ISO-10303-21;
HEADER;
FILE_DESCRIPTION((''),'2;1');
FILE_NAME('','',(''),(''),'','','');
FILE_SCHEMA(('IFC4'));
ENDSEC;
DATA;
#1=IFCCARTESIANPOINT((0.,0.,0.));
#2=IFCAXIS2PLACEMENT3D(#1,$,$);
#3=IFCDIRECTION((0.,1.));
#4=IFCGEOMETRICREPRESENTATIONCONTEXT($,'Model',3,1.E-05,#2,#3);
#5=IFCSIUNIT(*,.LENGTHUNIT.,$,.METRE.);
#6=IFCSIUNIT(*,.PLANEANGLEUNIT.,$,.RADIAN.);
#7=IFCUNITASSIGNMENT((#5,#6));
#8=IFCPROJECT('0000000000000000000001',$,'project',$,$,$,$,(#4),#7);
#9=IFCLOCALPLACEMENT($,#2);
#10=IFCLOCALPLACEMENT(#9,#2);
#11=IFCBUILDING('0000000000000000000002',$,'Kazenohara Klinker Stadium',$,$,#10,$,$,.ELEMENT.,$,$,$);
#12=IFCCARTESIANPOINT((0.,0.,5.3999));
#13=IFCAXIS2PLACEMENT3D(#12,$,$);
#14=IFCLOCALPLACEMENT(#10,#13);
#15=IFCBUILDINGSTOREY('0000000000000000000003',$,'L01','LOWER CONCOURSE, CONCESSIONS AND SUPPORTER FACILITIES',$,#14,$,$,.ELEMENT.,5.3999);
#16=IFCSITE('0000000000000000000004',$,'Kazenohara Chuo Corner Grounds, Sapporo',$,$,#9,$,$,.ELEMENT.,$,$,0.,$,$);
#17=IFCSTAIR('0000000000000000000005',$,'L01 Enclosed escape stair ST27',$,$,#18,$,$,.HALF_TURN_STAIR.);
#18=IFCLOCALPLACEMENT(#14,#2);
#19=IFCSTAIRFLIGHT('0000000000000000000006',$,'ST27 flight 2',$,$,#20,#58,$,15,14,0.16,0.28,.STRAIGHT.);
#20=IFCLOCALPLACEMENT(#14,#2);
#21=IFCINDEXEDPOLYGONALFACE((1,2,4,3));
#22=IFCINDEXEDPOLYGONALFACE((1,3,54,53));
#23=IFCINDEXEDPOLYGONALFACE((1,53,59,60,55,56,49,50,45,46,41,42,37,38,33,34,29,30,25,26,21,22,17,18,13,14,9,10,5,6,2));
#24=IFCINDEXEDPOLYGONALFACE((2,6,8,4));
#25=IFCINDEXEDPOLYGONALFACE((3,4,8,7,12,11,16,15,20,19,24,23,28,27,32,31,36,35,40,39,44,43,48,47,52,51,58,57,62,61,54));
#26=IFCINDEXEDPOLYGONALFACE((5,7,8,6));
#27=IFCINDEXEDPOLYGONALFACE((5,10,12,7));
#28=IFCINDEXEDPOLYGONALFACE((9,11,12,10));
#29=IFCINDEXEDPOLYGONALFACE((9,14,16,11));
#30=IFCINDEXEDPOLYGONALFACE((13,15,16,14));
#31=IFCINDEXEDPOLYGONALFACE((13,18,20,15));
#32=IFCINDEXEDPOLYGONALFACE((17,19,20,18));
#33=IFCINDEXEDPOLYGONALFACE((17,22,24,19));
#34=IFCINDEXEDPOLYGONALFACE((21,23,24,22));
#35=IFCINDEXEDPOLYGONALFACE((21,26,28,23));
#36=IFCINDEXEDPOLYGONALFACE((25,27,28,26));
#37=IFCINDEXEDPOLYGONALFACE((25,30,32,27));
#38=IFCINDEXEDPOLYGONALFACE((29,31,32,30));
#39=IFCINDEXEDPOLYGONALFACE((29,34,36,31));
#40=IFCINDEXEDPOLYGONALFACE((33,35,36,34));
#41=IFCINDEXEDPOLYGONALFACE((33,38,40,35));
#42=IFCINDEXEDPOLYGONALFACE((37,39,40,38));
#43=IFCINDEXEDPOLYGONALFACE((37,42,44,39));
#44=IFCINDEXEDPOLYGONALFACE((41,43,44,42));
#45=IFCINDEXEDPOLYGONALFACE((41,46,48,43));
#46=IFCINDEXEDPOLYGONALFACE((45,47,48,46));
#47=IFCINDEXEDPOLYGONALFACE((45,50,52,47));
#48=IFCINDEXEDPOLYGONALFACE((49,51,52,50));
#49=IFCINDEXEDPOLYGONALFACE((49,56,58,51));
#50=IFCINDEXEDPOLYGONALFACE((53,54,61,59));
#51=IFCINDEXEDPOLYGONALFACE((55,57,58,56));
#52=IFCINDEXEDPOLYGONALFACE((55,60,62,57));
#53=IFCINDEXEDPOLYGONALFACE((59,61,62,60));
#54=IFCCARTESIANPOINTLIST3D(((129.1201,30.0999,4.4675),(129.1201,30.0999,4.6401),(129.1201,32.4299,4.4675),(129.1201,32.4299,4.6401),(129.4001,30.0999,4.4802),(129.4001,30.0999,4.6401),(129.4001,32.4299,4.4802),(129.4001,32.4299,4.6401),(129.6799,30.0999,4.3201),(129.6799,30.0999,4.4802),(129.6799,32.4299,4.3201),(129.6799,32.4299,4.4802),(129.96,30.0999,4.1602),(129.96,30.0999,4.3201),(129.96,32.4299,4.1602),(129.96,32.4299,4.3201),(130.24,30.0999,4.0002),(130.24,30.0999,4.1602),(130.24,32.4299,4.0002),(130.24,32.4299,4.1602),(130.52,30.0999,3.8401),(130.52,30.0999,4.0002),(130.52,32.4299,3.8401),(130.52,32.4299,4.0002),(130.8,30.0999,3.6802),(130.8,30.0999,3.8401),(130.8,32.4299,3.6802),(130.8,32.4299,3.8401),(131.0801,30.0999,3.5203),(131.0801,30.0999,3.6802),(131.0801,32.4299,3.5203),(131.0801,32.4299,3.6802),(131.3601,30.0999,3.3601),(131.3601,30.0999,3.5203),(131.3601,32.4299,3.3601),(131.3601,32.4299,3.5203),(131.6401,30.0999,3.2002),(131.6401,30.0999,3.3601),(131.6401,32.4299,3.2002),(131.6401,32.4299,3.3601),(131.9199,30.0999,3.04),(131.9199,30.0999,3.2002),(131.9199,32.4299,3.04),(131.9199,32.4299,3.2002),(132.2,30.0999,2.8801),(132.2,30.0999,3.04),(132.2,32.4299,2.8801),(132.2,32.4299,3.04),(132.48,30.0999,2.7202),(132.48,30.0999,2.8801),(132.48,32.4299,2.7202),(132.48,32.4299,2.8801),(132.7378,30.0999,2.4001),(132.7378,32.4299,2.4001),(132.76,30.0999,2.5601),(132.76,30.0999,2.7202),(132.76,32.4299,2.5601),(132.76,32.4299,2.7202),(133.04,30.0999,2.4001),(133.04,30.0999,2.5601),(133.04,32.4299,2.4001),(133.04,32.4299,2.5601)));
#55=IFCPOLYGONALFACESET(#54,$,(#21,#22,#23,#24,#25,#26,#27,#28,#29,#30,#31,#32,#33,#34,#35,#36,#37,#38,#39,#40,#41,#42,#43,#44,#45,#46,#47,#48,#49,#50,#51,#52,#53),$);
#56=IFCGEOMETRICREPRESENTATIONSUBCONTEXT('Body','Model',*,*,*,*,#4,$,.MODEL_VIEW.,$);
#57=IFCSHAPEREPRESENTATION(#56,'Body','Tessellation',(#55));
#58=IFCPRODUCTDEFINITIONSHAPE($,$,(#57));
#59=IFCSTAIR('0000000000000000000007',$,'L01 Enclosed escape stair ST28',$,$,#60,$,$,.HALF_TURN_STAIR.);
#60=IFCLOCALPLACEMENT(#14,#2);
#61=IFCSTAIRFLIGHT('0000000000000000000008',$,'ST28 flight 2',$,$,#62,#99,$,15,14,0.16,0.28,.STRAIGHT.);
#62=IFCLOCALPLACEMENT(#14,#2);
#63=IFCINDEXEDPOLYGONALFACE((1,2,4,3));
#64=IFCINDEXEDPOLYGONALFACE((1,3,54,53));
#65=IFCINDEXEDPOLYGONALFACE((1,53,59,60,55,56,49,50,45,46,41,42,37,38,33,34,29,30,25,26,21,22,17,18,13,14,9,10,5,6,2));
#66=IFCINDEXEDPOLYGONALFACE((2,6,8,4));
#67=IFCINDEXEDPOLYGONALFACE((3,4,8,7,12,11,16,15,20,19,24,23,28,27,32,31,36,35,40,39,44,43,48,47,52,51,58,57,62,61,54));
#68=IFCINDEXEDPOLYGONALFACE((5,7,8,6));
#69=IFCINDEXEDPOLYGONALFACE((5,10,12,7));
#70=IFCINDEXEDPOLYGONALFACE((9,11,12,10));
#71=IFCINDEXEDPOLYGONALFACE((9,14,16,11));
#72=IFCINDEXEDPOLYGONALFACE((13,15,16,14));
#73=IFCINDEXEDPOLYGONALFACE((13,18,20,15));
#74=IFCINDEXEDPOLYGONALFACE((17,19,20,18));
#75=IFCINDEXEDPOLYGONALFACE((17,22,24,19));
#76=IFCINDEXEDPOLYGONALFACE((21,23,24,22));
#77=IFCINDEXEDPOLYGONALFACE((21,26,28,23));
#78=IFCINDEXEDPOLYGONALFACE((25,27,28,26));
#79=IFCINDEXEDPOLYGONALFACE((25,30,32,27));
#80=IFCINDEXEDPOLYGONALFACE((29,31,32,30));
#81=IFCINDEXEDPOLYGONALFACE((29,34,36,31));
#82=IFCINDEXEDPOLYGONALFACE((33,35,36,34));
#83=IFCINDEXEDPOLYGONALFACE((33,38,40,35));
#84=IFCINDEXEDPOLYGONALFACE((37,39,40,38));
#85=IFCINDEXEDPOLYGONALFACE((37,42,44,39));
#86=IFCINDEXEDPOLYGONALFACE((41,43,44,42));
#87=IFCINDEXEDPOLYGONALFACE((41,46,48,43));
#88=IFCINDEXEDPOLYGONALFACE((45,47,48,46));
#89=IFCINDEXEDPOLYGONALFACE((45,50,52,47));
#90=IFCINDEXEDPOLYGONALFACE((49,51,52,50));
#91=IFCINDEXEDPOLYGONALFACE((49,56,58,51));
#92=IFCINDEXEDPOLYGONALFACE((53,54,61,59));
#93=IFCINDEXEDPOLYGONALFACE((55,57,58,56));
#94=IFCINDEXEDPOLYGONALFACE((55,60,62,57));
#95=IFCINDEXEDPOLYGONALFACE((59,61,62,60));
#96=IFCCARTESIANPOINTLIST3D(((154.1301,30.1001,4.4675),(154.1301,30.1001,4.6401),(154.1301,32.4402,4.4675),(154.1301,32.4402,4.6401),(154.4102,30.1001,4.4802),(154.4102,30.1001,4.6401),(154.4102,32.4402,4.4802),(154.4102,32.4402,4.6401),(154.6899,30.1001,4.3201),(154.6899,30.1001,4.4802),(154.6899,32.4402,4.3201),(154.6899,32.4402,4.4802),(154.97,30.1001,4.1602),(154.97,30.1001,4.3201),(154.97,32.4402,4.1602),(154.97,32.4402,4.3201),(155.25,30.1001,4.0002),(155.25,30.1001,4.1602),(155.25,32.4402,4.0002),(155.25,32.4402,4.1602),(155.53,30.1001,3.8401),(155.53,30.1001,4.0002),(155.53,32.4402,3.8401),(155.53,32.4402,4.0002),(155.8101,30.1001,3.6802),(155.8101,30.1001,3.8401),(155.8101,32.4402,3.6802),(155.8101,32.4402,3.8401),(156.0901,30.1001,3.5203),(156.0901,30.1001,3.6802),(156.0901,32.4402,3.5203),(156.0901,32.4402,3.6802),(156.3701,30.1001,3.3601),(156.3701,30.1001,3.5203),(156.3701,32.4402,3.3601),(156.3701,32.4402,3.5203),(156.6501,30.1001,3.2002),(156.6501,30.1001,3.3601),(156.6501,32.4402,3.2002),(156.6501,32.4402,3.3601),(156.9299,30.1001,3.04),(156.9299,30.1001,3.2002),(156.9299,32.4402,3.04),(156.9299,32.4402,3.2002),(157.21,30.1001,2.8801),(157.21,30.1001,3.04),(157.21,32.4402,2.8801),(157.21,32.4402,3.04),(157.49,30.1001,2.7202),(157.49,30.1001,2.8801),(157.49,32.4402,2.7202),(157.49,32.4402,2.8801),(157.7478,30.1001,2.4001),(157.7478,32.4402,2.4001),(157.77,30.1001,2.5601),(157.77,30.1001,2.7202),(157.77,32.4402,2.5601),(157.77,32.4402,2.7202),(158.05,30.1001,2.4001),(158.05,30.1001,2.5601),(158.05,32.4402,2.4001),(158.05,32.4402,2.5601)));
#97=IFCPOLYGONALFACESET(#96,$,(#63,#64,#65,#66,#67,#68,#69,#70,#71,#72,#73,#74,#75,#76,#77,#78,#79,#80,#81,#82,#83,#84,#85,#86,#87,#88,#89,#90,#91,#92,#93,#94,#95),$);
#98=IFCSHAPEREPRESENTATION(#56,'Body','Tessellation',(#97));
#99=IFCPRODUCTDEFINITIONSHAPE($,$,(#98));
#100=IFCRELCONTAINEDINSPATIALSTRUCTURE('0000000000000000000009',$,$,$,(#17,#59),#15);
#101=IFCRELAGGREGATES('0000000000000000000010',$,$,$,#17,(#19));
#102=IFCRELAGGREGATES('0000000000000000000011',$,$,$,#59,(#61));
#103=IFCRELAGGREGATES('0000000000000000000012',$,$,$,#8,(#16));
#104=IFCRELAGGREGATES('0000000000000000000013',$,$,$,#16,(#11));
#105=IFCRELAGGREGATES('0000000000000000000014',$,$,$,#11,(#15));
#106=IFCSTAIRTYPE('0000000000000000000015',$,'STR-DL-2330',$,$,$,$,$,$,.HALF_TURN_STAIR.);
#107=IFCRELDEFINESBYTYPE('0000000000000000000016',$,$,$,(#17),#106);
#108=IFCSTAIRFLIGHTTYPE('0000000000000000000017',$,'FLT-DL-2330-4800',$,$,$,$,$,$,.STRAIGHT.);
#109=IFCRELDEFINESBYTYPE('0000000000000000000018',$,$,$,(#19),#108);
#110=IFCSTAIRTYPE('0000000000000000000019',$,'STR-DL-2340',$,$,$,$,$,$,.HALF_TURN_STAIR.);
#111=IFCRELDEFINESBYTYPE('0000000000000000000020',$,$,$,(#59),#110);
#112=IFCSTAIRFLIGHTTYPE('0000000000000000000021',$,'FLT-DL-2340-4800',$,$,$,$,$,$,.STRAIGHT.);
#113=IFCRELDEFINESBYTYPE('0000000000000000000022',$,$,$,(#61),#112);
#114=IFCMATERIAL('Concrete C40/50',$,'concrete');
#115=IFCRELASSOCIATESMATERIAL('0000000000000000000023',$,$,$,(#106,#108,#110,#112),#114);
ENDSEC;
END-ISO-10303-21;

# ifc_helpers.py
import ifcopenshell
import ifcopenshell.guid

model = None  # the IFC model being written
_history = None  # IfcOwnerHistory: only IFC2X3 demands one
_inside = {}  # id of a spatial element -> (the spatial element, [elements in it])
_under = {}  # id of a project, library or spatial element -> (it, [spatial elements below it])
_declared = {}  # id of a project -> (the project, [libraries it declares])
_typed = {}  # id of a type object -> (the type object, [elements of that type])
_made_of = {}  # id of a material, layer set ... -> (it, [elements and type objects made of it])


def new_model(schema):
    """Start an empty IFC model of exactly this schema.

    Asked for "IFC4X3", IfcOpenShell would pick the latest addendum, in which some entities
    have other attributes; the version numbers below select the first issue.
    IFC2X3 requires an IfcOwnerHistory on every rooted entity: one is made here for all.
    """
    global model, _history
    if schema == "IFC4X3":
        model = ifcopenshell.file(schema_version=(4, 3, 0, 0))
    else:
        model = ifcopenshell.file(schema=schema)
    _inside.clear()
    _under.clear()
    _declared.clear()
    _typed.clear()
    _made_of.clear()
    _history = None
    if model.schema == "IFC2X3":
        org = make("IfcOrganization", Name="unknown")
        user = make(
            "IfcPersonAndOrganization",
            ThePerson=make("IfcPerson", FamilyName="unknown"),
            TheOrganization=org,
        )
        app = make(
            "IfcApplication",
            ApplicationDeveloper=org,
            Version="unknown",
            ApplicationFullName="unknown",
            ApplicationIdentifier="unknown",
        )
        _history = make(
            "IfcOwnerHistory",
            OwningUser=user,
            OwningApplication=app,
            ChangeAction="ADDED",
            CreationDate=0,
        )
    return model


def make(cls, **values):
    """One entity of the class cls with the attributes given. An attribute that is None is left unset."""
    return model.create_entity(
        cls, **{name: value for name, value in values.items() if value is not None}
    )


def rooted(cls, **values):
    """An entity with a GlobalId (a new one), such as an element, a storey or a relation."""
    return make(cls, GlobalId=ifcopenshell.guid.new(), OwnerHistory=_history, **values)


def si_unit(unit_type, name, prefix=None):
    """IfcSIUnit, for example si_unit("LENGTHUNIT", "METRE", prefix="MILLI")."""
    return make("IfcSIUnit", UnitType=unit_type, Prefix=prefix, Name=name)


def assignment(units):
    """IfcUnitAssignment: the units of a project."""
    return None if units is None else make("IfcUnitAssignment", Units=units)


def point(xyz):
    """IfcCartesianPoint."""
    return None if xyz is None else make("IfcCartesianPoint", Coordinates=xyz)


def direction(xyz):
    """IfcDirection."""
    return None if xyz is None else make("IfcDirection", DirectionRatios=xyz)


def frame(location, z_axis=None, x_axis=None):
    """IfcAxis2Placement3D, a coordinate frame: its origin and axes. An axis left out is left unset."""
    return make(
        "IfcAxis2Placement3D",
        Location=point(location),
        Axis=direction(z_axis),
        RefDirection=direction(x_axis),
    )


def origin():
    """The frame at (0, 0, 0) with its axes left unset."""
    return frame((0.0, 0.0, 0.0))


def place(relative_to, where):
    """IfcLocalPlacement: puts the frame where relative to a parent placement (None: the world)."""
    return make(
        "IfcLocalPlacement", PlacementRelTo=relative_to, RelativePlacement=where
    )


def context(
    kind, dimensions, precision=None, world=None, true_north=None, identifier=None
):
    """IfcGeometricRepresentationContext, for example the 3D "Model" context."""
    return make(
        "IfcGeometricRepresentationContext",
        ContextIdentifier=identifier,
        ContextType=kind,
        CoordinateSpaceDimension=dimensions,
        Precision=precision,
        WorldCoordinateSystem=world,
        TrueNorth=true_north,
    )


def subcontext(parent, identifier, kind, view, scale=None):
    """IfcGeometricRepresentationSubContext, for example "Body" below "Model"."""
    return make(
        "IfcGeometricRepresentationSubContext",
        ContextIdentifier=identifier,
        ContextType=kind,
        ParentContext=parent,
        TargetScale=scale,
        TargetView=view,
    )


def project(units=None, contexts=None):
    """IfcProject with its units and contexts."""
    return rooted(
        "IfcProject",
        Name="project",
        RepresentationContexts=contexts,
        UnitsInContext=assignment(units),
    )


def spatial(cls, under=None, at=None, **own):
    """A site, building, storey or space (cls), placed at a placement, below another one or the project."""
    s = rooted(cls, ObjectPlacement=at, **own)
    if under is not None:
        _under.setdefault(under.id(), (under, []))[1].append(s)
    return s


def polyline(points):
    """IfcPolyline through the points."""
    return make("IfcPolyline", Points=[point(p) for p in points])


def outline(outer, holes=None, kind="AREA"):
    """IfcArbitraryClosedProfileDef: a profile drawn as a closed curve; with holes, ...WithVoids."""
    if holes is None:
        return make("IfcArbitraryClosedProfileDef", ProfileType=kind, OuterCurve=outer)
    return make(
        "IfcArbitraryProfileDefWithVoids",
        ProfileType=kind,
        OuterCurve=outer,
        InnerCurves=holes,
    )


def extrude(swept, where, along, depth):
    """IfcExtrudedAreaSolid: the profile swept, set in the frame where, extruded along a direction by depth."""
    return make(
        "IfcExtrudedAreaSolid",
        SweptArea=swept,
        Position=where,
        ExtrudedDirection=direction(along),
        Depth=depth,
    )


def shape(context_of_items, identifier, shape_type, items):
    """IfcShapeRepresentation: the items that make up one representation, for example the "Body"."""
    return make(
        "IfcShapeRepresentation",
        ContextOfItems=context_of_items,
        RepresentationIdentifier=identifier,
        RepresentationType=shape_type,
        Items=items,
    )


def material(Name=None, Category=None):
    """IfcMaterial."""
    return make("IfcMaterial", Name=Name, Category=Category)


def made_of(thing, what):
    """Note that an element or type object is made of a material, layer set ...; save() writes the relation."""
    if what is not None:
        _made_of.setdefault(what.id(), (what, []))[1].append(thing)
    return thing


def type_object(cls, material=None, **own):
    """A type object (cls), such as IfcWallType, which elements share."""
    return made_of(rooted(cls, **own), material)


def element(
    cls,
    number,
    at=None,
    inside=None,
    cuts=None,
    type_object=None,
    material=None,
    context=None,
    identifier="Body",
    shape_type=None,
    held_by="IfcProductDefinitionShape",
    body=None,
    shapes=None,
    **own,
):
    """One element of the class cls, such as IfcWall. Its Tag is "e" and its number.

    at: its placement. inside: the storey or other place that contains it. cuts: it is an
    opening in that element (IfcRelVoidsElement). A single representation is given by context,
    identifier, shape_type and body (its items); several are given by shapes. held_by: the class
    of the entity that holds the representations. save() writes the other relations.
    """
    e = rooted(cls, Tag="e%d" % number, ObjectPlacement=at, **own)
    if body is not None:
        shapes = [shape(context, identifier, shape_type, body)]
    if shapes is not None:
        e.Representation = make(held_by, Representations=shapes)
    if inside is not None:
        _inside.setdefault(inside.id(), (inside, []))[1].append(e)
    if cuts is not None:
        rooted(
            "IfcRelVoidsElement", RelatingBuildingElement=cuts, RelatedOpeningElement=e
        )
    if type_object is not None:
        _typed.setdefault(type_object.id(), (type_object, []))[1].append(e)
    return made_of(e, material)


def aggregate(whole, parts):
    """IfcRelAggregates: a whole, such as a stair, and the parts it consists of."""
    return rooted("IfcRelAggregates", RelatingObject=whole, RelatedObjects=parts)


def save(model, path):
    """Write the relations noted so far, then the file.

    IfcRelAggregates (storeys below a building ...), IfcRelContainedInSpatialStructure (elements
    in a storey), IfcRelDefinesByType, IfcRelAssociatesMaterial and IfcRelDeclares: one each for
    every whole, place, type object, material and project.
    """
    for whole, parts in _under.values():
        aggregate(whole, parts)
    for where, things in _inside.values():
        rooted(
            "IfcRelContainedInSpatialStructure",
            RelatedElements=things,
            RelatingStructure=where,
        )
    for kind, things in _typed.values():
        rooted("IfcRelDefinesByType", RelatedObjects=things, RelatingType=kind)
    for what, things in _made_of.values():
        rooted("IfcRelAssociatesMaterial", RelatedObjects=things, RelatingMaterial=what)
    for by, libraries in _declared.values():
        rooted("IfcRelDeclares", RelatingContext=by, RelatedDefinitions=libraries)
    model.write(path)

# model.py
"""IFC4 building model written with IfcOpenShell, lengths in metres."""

from ifc_helpers import new_model, si_unit, direction, frame, origin, place, context, subcontext, project, spatial, polyline, outline, extrude, material, type_object, element, aggregate, save


model = new_model("IFC4")

# Units and contexts
model_context = context("Model", 3, precision=1e-05, world=origin(), true_north=direction((0.0, 1.0)))
body_context = subcontext(model_context, "Body", "Model", "MODEL_VIEW")
ifc_project = project(units=[si_unit("LENGTHUNIT", "METRE"), si_unit("PLANEANGLEUNIT", "RADIAN")], contexts=[model_context])

# Site, building, storey
site_placement = place(None, origin())
site = spatial("IfcSite", under=ifc_project, at=site_placement, Name="Kazenohara Chuo Corner Grounds, Sapporo", CompositionType="ELEMENT", RefElevation=0.0)
building_placement = place(site_placement, origin())
building = spatial("IfcBuilding", under=site, at=building_placement, Name="Kazenohara Klinker Stadium", CompositionType="ELEMENT")
storey_placement = place(building_placement, frame((0.0, 0.0, 5.3999)))
storey = spatial("IfcBuildingStorey", under=building, at=storey_placement, Name="L01", Description="LOWER CONCOURSE, CONCESSIONS AND SUPPORTER FACILITIES", CompositionType="ELEMENT", Elevation=5.3999)

# Shared definitions
ifc_material_1 = material(Name="Concrete C40/50", Category="concrete")

# Stairs, stair flights
stair_type_1 = type_object("IfcStairType", Name="STR-DL-2330", PredefinedType="HALF_TURN_STAIR", material=ifc_material_1)
stair_1_placement = place(storey_placement, origin())
stair_1 = element("IfcStair", 1, at=stair_1_placement, inside=storey, type_object=stair_type_1, Name="L01 Enclosed escape stair ST27", PredefinedType="HALF_TURN_STAIR")
stair_flight_type_1 = type_object("IfcStairFlightType", Name="FLT-DL-2330-4800", PredefinedType="STRAIGHT", material=ifc_material_1)
stair_flight_1_placement = place(storey_placement, frame((133.04, 31.2649, 2.4001), z_axis=(0.0, 0.0, 1.0), x_axis=(-1.0, 0.0, 0.0)))
stair_flight_1 = element("IfcStairFlight", 2, at=stair_flight_1_placement, type_object=stair_flight_type_1, Name="ST27 flight 2", NumberOfRisers=15, NumberOfTreads=14, PredefinedType="STRAIGHT", RiserHeight=0.16, TreadLength=0.28, context=body_context, shape_type="SweptSolid", body=[
    extrude(outline(polyline([(0.0, 0.0), (0.0, 0.1599), (0.28, 0.1599), (0.28, 0.3201), (0.5601, 0.3201), (0.5601, 0.48), (0.8401, 0.48), (0.8401, 0.6399), (1.1201, 0.6399), (1.1201, 0.8), (1.3999, 0.8), (1.3999, 0.96), (1.6799, 0.96), (1.6799, 1.1201), (1.96, 1.1201), (1.96, 1.28), (2.24, 1.28), (2.24, 1.4399), (2.52, 1.4399), (2.52, 1.6001), (2.8, 1.6001), (2.8, 1.76), (3.0801, 1.76), (3.0801, 1.9199), (3.3601, 1.9199), (3.3601, 2.0801), (3.6399, 2.0801), (3.6399, 2.24), (3.9199, 2.24), (3.9199, 2.3999), (3.9199, 2.0674), (0.3022, 0.0), (0.0, 0.0)])), frame((0.0, 1.165, 0.0), z_axis=(0.0, -1.0, 0.0), x_axis=(1.0, 0.0, 0.0)), (0.0, 0.0, 1.0), 2.3301),
])
aggregate(stair_1, [stair_flight_1])
stair_type_2 = type_object("IfcStairType", Name="STR-DL-2340", PredefinedType="HALF_TURN_STAIR", material=ifc_material_1)
stair_2_placement = place(storey_placement, origin())
stair_2 = element("IfcStair", 3, at=stair_2_placement, inside=storey, type_object=stair_type_2, Name="L01 Enclosed escape stair ST28", PredefinedType="HALF_TURN_STAIR")
stair_flight_type_2 = type_object("IfcStairFlightType", Name="FLT-DL-2340-4800", PredefinedType="STRAIGHT", material=ifc_material_1)
stair_flight_2_placement = place(storey_placement, frame((158.05, 31.27, 2.4001), z_axis=(0.0, 0.0, 1.0), x_axis=(-1.0, 0.0, 0.0)))
stair_flight_2 = element("IfcStairFlight", 4, at=stair_flight_2_placement, type_object=stair_flight_type_2, Name="ST28 flight 2", NumberOfRisers=15, NumberOfTreads=14, PredefinedType="STRAIGHT", RiserHeight=0.16, TreadLength=0.28, context=body_context, shape_type="SweptSolid", body=[
    extrude(outline(polyline([(0.0, 0.0), (0.0, 0.1599), (0.28, 0.1599), (0.28, 0.3201), (0.5601, 0.3201), (0.5601, 0.48), (0.8401, 0.48), (0.8401, 0.6399), (1.1201, 0.6399), (1.1201, 0.8), (1.3999, 0.8), (1.3999, 0.96), (1.6799, 0.96), (1.6799, 1.1201), (1.96, 1.1201), (1.96, 1.28), (2.24, 1.28), (2.24, 1.4399), (2.52, 1.4399), (2.52, 1.6001), (2.8, 1.6001), (2.8, 1.76), (3.0801, 1.76), (3.0801, 1.9199), (3.3601, 1.9199), (3.3601, 2.0801), (3.6399, 2.0801), (3.6399, 2.24), (3.9199, 2.24), (3.9199, 2.3999), (3.9199, 2.0674), (0.3022, 0.0), (0.0, 0.0)])), frame((0.0, 1.1699, 0.0), z_axis=(0.0, -1.0, 0.0), x_axis=(1.0, 0.0, 0.0)), (0.0, 0.0, 1.0), 2.3401),
])
aggregate(stair_2, [stair_flight_2])

save(model, "model.ifc")
